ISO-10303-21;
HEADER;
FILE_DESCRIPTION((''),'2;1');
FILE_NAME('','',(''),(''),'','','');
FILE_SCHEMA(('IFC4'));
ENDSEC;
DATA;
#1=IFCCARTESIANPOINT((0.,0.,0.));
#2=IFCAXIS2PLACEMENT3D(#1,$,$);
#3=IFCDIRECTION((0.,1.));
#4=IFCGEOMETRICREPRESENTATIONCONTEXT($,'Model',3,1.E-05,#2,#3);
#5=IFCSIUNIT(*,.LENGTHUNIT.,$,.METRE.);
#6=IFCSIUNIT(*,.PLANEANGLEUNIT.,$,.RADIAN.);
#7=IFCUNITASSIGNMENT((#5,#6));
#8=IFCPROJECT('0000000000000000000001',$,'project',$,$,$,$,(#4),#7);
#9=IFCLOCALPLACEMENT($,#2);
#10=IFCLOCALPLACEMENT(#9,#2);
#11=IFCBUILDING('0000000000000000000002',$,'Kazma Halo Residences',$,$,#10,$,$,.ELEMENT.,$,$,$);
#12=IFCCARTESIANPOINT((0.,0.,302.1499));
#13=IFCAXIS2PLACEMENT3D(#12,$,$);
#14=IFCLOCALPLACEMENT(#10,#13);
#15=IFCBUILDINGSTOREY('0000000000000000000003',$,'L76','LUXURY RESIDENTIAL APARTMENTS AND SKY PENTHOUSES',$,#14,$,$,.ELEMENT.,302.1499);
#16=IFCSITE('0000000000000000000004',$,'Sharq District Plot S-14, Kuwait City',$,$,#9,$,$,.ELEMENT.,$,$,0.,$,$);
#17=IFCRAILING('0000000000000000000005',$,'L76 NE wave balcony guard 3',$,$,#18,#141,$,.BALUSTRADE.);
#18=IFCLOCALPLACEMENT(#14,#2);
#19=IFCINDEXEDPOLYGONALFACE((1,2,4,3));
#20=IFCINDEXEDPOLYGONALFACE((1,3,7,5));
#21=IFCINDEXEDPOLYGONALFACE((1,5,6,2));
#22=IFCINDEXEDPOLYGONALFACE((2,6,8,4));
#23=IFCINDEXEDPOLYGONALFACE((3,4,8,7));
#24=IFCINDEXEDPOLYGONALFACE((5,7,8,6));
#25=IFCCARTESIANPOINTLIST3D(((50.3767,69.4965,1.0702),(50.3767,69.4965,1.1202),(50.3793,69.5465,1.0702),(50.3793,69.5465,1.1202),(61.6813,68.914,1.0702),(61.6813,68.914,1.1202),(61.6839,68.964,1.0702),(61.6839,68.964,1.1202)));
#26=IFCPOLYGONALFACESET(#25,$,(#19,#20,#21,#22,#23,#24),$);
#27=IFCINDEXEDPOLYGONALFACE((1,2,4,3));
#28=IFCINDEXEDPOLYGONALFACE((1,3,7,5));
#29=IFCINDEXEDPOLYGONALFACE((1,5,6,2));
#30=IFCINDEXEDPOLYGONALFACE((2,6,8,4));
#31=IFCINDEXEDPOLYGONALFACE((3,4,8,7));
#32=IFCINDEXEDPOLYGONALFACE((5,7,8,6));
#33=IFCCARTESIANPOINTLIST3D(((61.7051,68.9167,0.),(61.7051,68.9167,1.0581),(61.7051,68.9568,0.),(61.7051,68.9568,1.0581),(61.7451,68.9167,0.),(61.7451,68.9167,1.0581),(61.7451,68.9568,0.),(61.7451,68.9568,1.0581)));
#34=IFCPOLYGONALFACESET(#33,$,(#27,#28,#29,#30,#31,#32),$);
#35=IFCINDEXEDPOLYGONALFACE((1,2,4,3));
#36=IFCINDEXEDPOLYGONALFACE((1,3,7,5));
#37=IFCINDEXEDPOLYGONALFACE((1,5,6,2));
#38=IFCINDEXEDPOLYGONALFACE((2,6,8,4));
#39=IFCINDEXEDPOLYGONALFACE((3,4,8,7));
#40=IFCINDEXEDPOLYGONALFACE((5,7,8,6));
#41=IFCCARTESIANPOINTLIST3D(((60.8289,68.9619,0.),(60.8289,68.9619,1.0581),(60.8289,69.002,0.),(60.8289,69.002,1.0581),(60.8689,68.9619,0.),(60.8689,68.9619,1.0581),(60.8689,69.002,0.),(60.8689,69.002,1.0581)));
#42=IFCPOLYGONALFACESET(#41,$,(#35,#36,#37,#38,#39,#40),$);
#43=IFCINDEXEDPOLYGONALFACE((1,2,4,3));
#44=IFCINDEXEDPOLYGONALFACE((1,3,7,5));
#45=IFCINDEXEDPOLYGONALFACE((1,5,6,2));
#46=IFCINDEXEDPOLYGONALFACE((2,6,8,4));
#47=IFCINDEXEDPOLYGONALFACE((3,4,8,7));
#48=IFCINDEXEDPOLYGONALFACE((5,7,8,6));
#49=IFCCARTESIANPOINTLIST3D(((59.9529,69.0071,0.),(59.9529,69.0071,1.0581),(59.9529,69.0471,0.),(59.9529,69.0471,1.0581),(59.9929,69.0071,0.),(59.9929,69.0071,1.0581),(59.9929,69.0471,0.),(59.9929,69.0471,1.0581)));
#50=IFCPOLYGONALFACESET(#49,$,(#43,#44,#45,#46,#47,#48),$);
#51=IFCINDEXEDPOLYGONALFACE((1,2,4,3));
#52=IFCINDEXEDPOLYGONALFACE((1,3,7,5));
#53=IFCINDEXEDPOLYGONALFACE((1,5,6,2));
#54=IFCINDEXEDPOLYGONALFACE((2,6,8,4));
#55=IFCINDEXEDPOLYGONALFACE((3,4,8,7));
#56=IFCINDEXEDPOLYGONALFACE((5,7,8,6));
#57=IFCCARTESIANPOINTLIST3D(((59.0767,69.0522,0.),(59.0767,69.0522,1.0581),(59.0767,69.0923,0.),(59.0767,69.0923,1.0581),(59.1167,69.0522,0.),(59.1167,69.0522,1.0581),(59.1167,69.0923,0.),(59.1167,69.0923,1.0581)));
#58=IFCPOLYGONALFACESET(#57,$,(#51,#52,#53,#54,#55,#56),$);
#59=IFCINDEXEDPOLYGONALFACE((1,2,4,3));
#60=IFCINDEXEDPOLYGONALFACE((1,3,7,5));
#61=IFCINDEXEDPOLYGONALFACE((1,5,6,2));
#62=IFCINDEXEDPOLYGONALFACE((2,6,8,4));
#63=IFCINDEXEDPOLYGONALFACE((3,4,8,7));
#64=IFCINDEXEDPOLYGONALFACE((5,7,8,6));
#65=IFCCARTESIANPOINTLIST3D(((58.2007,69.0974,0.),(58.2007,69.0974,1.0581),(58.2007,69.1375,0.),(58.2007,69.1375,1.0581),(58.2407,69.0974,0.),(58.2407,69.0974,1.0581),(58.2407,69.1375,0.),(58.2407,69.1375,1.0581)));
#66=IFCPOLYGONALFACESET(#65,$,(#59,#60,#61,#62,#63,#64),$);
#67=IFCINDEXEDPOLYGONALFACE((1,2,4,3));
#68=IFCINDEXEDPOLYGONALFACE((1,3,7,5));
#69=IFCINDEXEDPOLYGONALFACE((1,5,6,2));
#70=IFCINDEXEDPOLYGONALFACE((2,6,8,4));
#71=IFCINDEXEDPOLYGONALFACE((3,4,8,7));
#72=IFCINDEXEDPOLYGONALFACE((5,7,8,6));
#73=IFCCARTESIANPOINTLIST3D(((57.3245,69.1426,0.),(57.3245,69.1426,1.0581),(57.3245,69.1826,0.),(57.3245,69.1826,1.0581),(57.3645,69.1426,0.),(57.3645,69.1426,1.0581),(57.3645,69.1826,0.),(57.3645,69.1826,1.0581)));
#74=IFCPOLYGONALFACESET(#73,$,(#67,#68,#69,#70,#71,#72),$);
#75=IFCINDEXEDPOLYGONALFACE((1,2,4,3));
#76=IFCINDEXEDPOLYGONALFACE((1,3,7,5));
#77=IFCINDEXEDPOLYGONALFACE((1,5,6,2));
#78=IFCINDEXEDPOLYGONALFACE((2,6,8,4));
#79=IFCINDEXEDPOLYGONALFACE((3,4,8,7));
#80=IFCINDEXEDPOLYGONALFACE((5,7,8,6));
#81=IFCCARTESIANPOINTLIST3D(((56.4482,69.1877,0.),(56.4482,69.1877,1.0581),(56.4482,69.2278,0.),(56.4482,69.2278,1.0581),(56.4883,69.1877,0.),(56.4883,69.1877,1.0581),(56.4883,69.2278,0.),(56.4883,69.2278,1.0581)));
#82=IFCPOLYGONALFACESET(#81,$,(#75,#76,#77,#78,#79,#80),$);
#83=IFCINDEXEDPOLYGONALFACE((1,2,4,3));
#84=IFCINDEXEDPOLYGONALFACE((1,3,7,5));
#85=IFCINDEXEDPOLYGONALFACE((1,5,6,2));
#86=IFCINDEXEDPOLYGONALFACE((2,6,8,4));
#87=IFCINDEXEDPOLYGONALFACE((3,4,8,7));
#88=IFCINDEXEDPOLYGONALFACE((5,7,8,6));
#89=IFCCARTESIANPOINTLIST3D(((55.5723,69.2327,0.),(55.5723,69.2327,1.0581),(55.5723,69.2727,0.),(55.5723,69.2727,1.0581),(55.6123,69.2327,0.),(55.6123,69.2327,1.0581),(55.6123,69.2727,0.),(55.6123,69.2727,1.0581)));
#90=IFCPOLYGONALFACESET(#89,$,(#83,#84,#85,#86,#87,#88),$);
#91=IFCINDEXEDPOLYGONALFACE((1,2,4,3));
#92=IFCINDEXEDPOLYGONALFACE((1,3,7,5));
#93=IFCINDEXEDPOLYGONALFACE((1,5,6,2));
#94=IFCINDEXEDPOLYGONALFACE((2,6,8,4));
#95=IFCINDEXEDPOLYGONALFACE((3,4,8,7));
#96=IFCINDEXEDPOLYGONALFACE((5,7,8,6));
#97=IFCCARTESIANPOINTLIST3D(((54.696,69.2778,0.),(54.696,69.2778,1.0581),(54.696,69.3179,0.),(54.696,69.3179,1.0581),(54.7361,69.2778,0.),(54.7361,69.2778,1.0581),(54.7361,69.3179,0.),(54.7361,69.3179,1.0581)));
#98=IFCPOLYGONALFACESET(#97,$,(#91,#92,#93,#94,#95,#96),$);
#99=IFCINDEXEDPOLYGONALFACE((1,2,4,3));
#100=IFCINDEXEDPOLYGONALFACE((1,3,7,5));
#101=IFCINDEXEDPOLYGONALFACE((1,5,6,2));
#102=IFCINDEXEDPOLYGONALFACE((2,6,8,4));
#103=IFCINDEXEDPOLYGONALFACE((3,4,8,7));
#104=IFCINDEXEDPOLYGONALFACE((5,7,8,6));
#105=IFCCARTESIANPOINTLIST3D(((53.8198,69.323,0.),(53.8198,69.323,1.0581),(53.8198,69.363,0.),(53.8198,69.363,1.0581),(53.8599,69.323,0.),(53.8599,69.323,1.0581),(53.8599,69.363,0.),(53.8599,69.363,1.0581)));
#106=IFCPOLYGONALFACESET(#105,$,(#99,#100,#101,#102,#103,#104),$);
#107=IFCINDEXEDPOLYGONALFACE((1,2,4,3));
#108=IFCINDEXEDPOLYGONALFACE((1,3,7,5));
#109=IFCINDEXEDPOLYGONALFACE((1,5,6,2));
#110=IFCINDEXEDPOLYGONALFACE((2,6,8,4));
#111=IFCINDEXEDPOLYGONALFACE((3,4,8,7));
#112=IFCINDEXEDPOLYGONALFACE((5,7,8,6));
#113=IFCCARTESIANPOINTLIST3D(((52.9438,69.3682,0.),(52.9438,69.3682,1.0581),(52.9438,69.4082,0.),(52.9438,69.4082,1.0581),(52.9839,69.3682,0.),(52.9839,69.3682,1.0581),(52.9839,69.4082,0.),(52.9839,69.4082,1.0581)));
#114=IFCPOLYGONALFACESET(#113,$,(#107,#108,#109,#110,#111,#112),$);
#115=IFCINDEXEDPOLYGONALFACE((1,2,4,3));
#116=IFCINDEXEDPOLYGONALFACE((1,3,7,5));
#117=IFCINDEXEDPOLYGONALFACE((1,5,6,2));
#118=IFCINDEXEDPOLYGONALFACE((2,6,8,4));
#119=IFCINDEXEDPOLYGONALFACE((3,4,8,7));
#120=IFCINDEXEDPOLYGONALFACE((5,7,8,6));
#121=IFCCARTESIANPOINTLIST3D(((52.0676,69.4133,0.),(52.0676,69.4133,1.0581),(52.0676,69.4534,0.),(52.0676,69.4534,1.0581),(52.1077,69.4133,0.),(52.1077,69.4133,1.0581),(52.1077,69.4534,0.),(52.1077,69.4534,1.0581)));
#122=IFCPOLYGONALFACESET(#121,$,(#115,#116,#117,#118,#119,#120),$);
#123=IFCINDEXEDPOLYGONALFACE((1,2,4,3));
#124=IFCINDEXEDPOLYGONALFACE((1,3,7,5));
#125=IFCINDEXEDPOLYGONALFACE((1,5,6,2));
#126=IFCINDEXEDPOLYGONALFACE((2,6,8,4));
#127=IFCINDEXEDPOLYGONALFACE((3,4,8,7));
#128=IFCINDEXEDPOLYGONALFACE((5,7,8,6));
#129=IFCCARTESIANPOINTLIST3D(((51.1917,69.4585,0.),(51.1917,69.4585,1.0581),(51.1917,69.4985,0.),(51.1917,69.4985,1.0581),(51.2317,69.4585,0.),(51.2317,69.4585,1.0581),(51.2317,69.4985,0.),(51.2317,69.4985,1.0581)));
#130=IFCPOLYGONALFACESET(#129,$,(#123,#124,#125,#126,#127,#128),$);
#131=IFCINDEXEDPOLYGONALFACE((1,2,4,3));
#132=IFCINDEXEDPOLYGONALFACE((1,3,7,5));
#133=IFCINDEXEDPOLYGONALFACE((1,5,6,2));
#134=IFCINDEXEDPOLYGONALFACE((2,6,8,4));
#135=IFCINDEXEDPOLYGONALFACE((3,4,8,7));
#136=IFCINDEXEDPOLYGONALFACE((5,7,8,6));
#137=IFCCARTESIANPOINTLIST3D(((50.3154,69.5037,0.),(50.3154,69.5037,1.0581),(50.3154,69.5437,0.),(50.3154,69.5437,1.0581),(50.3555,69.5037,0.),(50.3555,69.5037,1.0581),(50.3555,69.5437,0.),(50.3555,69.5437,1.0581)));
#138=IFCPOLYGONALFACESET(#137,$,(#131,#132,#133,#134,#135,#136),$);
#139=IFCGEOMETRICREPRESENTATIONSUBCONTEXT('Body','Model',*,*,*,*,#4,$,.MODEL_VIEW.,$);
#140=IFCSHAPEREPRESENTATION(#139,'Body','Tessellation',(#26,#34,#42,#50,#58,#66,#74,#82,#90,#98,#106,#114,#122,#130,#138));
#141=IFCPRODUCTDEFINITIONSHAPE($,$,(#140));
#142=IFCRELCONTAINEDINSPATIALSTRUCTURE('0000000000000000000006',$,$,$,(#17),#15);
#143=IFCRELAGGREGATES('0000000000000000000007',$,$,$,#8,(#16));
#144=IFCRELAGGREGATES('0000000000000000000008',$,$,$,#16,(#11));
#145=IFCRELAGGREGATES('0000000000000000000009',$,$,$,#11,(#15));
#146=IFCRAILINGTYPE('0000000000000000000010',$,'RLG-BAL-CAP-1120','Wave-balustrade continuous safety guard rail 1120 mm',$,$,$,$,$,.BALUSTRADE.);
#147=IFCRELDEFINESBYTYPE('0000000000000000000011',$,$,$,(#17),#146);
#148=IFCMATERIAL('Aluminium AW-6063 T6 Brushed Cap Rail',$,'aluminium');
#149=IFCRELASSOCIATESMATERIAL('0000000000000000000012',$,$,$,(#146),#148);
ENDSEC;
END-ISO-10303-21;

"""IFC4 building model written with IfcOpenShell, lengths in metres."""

from ifc_helpers import new_model, si_unit, direction, frame, origin, origin_2d, place, context, subcontext, project, spatial, rectangle, extrude, material, type_object, element, save


model = new_model("IFC4")

# Units and contexts
model_context = context("Model", 3, precision=1e-05, world=origin(), true_north=direction((0.0, 1.0)))
body_context = subcontext(model_context, "Body", "Model", "MODEL_VIEW")
ifc_project = project(units=[si_unit("LENGTHUNIT", "METRE"), si_unit("PLANEANGLEUNIT", "RADIAN")], contexts=[model_context])

# Site, building, storey
site_placement = place(None, origin())
site = spatial("IfcSite", under=ifc_project, at=site_placement, Name="Sharq District Plot S-14, Kuwait City", CompositionType="ELEMENT", RefElevation=0.0)
building_placement = place(site_placement, origin())
building = spatial("IfcBuilding", under=site, at=building_placement, Name="Kazma Halo Residences", CompositionType="ELEMENT")
storey_placement = place(building_placement, frame((0.0, 0.0, 302.1499)))
storey = spatial("IfcBuildingStorey", under=building, at=storey_placement, Name="L76", Description="LUXURY RESIDENTIAL APARTMENTS AND SKY PENTHOUSES", CompositionType="ELEMENT", Elevation=302.1499)

# Railing
ifc_material_1 = material(Name="Aluminium AW-6063 T6 Brushed Cap Rail", Category="aluminium")
railing_type = type_object("IfcRailingType", Name="RLG-BAL-CAP-1120", Description="Wave-balustrade continuous safety guard rail 1120 mm", PredefinedType="BALUSTRADE", material=ifc_material_1)
railing_1_placement = place(storey_placement, frame((61.7251, 68.9368, 0.0)))
element("IfcRailing", 1, at=railing_1_placement, inside=storey, type_object=railing_type, Name="L76 NE wave balcony guard 3", PredefinedType="BALUSTRADE", context=body_context, shape_type="SweptSolid", body=[
    extrude(rectangle(XDim=0.05, YDim=0.05, at=origin_2d()), frame((-0.0425, 0.0022, 1.0952), z_axis=(-0.998675, 0.051462, 0.0), x_axis=(-0.051462, -0.998675, 0.0)), (0.0, 0.0, 1.0), 11.3196),
    extrude(rectangle(XDim=0.04, YDim=0.04, at=origin_2d()), origin(), (0.0, 0.0, 1.0), 1.0581),
    extrude(rectangle(XDim=0.04, YDim=0.04, at=origin_2d()), frame((-0.8762, 0.0452, 0.0)), (0.0, 0.0, 1.0), 1.0581),
    extrude(rectangle(XDim=0.04, YDim=0.04, at=origin_2d()), frame((-1.7522, 0.0903, 0.0)), (0.0, 0.0, 1.0), 1.0581),
    extrude(rectangle(XDim=0.04, YDim=0.04, at=origin_2d()), frame((-2.6284, 0.1355, 0.0)), (0.0, 0.0, 1.0), 1.0581),
    extrude(rectangle(XDim=0.04, YDim=0.04, at=origin_2d()), frame((-3.5044, 0.1807, 0.0)), (0.0, 0.0, 1.0), 1.0581),
    extrude(rectangle(XDim=0.04, YDim=0.04, at=origin_2d()), frame((-4.3806, 0.2258, 0.0)), (0.0, 0.0, 1.0), 1.0581),
    extrude(rectangle(XDim=0.04, YDim=0.04, at=origin_2d()), frame((-5.2568, 0.271, 0.0)), (0.0, 0.0, 1.0), 1.0581),
    extrude(rectangle(XDim=0.04, YDim=0.04, at=origin_2d()), frame((-6.1328, 0.3159, 0.0)), (0.0, 0.0, 1.0), 1.0581),
    extrude(rectangle(XDim=0.04, YDim=0.04, at=origin_2d()), frame((-7.009, 0.3611, 0.0)), (0.0, 0.0, 1.0), 1.0581),
    extrude(rectangle(XDim=0.04, YDim=0.04, at=origin_2d()), frame((-7.8853, 0.4062, 0.0)), (0.0, 0.0, 1.0), 1.0581),
    extrude(rectangle(XDim=0.04, YDim=0.04, at=origin_2d()), frame((-8.7612, 0.4514, 0.0)), (0.0, 0.0, 1.0), 1.0581),
    extrude(rectangle(XDim=0.04, YDim=0.04, at=origin_2d()), frame((-9.6375, 0.4966, 0.0)), (0.0, 0.0, 1.0), 1.0581),
    extrude(rectangle(XDim=0.04, YDim=0.04, at=origin_2d()), frame((-10.5134, 0.5417, 0.0)), (0.0, 0.0, 1.0), 1.0581),
    extrude(rectangle(XDim=0.04, YDim=0.04, at=origin_2d()), frame((-11.3896, 0.5869, 0.0)), (0.0, 0.0, 1.0), 1.0581),
])

save(model, "model.ifc")
